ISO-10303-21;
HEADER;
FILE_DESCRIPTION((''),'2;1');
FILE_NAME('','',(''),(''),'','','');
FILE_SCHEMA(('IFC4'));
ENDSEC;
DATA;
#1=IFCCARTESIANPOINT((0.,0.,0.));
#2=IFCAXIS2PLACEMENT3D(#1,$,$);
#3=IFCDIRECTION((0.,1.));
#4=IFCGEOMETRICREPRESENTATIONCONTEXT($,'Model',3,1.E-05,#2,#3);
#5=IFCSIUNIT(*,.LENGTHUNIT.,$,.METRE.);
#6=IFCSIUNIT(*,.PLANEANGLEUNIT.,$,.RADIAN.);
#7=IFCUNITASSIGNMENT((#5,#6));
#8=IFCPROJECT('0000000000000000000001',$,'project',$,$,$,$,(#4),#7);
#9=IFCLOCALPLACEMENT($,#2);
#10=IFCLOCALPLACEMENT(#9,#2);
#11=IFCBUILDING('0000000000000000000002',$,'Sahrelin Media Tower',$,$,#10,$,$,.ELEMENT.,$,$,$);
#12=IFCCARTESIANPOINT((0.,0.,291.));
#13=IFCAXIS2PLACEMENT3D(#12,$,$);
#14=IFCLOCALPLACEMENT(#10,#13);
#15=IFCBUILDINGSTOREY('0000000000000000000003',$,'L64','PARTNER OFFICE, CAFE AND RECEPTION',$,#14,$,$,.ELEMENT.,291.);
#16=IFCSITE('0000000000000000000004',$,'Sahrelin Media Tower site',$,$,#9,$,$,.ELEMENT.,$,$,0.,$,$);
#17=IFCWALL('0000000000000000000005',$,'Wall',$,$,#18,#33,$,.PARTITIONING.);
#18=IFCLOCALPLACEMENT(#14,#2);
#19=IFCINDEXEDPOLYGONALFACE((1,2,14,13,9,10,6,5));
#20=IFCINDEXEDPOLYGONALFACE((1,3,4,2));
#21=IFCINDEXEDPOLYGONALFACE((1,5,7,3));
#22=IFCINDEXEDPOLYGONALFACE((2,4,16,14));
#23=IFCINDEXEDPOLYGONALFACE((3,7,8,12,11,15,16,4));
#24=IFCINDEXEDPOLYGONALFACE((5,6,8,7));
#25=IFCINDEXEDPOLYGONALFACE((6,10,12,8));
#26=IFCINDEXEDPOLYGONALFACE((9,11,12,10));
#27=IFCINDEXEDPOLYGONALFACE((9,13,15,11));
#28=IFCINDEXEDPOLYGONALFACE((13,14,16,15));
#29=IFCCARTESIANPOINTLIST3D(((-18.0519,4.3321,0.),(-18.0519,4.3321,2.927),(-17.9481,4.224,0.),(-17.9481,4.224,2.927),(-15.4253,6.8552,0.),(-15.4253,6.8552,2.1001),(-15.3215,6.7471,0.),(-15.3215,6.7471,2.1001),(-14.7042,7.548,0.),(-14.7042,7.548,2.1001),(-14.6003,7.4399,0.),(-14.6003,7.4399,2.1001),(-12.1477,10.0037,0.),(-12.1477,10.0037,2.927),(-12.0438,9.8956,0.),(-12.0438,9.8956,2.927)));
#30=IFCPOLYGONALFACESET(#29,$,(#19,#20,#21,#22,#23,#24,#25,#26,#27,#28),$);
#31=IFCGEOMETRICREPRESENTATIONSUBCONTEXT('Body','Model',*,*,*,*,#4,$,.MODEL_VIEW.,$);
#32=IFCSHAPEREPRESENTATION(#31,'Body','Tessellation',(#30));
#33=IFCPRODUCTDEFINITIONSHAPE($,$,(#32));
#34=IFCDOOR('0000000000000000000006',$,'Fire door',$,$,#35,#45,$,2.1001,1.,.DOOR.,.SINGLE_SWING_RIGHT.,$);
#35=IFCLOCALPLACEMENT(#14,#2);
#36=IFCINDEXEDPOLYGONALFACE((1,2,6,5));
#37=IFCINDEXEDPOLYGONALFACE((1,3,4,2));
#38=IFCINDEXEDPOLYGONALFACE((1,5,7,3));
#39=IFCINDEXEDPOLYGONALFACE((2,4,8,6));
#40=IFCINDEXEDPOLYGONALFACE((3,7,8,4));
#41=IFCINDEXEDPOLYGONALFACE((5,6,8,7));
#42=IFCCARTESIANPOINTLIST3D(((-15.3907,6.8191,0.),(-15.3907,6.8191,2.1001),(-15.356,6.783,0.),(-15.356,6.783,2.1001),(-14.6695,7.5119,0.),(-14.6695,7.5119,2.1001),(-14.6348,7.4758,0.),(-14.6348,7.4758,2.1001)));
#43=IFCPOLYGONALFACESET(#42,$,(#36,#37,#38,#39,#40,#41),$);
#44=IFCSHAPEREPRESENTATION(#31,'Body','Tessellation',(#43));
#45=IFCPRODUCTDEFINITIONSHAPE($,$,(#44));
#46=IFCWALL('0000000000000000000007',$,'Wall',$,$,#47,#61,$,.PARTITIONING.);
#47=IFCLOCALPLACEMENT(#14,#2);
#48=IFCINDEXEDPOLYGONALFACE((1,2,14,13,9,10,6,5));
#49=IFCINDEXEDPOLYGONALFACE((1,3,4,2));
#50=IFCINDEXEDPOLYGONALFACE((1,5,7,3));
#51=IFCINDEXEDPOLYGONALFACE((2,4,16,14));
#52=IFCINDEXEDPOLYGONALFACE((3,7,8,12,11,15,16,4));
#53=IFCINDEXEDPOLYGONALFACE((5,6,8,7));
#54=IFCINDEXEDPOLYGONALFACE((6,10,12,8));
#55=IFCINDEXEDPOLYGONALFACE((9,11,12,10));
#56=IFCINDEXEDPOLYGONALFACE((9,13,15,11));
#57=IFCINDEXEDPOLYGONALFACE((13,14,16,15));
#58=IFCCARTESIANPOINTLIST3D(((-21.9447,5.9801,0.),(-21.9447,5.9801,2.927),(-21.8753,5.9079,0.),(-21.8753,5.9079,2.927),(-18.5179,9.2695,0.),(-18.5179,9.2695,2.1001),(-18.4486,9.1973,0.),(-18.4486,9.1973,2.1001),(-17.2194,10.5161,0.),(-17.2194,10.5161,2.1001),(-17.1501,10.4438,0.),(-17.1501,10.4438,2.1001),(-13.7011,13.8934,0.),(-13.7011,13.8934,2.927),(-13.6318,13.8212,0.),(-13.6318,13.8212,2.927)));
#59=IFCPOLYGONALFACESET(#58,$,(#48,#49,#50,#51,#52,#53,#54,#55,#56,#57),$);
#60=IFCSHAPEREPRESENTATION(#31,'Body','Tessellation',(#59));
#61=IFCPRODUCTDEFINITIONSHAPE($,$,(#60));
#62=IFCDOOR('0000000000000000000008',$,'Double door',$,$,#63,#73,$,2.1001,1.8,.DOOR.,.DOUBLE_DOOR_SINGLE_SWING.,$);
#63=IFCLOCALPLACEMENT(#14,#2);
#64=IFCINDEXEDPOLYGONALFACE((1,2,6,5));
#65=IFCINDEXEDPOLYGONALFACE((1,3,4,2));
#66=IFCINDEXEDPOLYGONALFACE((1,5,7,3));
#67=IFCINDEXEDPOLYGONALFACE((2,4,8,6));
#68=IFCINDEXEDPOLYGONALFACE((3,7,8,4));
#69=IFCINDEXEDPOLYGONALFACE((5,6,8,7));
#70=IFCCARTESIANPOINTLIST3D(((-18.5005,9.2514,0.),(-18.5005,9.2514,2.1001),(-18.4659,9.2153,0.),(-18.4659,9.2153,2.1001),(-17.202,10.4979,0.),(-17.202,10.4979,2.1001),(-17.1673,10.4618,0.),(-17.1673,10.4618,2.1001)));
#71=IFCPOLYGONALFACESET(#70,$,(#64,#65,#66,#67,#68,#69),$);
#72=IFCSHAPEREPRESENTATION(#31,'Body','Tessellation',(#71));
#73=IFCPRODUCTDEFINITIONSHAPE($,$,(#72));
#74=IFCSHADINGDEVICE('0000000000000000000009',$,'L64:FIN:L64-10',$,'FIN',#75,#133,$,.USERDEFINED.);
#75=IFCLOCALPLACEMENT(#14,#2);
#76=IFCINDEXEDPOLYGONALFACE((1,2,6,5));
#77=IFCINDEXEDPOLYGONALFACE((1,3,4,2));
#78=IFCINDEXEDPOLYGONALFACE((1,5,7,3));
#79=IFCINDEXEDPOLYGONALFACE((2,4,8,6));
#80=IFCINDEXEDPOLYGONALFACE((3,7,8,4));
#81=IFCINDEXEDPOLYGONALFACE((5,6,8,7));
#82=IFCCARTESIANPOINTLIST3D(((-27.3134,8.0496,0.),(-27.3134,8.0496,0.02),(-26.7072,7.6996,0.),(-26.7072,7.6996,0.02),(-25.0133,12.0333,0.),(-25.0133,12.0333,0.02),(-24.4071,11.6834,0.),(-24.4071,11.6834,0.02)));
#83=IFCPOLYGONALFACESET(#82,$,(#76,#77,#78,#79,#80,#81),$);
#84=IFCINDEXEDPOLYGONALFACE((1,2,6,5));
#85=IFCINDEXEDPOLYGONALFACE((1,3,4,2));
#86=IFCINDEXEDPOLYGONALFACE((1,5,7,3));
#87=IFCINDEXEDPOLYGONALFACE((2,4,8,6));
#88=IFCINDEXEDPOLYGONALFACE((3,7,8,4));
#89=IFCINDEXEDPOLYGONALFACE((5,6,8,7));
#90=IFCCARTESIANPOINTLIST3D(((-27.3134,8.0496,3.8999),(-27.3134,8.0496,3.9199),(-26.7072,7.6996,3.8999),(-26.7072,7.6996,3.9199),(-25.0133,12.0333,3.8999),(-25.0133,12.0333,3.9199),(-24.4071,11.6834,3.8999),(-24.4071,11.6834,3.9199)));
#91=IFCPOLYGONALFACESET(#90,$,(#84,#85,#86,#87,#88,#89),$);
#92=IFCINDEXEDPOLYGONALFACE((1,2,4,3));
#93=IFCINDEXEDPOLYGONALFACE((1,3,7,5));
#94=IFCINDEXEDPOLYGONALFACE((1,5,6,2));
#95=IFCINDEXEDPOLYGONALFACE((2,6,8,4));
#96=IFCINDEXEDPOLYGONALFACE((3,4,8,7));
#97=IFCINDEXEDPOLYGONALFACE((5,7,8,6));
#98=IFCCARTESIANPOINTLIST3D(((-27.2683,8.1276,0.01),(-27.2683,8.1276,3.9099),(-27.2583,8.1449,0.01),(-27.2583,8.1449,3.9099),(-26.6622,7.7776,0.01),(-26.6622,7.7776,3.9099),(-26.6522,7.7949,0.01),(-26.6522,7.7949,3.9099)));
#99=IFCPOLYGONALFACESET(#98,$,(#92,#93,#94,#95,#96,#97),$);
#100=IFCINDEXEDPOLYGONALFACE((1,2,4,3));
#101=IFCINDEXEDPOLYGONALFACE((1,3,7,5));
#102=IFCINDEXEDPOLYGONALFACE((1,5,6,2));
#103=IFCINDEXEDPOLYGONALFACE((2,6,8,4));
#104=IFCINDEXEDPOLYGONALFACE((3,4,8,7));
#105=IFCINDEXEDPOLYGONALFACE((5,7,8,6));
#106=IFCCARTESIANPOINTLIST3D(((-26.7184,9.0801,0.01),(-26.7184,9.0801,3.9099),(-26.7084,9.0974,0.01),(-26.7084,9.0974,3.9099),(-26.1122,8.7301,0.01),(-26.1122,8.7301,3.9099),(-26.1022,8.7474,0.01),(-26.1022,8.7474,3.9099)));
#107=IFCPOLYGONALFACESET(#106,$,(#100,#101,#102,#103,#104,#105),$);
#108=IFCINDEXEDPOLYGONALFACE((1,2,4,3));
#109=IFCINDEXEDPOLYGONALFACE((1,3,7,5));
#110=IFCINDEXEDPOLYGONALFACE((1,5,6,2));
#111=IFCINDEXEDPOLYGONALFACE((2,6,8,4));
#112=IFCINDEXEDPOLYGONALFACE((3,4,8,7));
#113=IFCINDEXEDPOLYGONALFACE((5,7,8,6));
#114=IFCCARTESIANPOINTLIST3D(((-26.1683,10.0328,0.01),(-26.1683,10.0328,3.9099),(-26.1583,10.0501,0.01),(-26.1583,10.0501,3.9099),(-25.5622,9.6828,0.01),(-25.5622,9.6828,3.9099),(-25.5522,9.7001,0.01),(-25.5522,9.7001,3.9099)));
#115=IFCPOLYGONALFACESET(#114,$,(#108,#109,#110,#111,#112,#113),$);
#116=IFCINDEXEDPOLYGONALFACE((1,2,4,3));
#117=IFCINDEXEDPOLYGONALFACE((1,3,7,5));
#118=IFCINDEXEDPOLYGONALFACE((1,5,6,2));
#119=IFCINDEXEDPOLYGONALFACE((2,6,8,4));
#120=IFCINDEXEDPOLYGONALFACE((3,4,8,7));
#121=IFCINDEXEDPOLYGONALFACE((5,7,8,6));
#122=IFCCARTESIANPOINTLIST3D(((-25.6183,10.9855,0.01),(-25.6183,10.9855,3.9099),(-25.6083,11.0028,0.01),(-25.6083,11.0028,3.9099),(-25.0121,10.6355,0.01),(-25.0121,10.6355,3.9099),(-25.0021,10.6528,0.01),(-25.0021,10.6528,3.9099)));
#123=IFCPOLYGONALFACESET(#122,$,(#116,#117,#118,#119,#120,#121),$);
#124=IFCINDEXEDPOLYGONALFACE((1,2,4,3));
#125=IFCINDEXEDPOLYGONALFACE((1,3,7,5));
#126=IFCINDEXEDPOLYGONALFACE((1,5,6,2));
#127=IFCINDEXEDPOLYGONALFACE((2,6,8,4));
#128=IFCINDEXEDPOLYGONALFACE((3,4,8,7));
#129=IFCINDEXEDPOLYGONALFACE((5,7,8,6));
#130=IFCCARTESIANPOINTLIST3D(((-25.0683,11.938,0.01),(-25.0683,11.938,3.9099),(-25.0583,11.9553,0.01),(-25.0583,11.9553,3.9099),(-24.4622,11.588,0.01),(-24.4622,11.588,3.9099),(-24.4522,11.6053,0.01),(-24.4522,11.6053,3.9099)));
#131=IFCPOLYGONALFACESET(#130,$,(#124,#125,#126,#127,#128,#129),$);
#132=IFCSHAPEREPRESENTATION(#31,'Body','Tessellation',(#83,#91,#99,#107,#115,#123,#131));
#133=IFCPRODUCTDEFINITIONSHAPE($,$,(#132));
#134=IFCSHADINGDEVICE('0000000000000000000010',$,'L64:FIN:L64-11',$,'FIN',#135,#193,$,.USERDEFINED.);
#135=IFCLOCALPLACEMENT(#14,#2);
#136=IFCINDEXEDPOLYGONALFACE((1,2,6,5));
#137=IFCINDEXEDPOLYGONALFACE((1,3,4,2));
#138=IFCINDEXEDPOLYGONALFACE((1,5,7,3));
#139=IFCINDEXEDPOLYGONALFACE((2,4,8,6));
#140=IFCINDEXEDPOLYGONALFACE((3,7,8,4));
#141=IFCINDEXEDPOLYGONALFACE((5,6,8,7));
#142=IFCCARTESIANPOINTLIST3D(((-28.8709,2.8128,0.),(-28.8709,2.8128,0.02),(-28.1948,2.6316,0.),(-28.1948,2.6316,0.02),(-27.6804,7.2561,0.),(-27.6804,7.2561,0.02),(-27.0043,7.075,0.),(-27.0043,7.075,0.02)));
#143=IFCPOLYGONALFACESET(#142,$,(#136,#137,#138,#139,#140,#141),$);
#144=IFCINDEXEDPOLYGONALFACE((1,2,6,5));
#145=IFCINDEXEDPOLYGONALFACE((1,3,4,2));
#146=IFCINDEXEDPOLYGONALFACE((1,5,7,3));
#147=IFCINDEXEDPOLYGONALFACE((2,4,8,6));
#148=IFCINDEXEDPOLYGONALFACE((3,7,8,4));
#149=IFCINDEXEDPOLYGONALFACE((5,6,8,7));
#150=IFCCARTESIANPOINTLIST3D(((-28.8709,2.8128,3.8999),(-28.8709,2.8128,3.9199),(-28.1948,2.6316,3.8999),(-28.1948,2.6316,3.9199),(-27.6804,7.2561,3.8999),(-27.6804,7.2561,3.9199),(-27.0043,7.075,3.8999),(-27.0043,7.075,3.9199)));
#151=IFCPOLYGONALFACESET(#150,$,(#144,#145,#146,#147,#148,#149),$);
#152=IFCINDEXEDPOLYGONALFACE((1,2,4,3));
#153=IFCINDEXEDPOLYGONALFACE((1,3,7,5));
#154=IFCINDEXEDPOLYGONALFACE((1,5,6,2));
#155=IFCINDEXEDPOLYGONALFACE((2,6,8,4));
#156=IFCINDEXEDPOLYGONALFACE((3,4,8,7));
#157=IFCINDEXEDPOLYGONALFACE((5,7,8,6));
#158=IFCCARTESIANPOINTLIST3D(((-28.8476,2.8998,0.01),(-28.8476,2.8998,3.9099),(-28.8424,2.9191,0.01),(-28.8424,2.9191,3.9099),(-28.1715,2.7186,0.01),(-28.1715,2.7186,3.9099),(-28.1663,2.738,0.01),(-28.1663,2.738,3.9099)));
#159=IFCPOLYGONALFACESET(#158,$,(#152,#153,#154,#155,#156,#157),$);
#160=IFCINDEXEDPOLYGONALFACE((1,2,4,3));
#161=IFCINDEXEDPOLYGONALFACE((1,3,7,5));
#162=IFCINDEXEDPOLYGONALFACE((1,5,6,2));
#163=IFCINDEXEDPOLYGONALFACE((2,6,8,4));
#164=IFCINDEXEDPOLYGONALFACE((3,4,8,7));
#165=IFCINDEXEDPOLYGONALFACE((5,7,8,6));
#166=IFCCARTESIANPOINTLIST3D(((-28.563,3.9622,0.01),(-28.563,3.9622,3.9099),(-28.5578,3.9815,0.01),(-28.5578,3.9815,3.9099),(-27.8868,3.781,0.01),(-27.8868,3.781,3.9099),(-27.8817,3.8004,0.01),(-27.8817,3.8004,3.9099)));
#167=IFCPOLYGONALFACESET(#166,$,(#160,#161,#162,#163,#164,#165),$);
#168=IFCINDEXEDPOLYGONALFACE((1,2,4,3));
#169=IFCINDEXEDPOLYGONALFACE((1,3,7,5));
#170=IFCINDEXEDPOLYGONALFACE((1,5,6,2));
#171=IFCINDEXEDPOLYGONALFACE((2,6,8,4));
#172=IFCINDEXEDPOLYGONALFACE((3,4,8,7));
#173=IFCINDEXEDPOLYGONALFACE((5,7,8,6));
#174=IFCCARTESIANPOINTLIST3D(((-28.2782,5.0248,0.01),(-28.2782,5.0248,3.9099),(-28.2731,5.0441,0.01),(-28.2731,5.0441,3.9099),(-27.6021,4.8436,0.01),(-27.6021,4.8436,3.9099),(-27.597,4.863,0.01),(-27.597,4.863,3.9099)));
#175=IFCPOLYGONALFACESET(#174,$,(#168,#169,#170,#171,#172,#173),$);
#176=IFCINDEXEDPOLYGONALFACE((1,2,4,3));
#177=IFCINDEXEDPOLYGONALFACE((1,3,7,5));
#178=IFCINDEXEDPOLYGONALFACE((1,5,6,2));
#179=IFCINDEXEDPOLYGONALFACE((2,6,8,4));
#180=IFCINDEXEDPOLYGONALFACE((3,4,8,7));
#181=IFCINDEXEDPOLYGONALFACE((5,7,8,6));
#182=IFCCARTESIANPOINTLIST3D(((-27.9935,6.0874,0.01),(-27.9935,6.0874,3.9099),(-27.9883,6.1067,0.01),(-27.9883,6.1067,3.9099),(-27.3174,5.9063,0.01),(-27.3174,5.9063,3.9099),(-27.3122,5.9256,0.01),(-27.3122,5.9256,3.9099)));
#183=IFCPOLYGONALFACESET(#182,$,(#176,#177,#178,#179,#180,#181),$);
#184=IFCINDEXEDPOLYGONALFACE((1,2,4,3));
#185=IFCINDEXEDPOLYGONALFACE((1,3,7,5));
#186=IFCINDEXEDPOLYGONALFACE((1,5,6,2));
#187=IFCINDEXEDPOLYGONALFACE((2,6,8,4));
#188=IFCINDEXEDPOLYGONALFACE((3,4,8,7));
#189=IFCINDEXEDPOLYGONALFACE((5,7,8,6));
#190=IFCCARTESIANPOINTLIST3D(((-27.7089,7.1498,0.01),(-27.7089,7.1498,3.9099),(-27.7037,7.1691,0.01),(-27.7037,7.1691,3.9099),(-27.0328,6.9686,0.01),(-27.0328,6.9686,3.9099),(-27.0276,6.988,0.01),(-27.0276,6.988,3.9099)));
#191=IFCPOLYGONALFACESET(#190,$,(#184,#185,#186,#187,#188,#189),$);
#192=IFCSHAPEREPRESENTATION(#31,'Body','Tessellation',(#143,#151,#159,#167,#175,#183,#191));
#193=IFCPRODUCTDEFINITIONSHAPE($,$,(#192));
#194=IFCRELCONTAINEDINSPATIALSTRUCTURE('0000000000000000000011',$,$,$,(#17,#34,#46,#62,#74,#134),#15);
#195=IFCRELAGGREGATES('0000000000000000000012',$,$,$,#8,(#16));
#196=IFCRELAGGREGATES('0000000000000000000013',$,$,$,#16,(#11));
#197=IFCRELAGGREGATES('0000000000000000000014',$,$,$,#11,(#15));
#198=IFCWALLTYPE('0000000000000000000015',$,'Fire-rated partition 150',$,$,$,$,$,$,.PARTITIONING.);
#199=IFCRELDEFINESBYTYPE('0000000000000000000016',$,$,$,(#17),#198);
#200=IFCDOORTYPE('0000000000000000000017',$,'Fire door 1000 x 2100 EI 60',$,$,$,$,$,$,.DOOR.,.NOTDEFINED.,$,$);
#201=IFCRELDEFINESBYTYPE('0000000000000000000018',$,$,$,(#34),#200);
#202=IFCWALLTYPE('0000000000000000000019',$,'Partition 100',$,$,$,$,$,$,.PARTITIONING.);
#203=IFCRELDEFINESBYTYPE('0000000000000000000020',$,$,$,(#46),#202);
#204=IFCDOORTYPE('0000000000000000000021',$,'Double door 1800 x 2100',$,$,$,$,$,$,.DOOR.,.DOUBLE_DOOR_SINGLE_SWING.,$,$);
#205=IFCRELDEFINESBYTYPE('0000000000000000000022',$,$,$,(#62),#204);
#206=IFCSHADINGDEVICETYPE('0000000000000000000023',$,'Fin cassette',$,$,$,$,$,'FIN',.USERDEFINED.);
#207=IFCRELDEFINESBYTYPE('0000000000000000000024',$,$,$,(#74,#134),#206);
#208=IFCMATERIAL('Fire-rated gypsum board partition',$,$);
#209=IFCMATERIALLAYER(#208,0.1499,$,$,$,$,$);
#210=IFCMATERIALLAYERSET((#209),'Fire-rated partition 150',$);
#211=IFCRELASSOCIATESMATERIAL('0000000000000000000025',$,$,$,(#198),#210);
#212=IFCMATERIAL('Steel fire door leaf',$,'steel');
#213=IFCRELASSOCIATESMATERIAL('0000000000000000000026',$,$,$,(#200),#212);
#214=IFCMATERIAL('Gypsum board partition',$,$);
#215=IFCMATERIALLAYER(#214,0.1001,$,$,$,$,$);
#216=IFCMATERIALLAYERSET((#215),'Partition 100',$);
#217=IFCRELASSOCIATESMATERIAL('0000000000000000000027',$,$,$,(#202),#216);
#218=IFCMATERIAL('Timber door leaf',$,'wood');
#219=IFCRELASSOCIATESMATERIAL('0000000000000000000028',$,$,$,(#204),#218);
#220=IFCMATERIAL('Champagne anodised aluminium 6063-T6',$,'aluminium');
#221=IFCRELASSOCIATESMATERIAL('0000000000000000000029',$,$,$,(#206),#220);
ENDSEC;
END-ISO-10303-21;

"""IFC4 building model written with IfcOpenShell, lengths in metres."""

from ifc_helpers import new_model, si_unit, direction, frame, frame_2d, origin, origin_2d, place, context, subcontext, project, spatial, rectangle, extrude, material, layer, layer_set, type_object, element, fill, save


model = new_model("IFC4")

# Units and contexts
model_context = context("Model", 3, precision=1e-05, world=origin(), true_north=direction((0.0, 1.0)))
body_context = subcontext(model_context, "Body", "Model", "MODEL_VIEW")
ifc_project = project(units=[si_unit("LENGTHUNIT", "METRE"), si_unit("PLANEANGLEUNIT", "RADIAN")], contexts=[model_context])

# Site, building, storey
site_placement = place(None, origin())
site = spatial("IfcSite", under=ifc_project, at=site_placement, Name="Sahrelin Media Tower site", CompositionType="ELEMENT", RefElevation=0.0)
building_placement = place(site_placement, origin())
building = spatial("IfcBuilding", under=site, at=building_placement, Name="Sahrelin Media Tower", CompositionType="ELEMENT")
storey_placement = place(building_placement, frame((0.0, 0.0, 291.0)))
storey = spatial("IfcBuildingStorey", under=building, at=storey_placement, Name="L64", Description="PARTNER OFFICE, CAFE AND RECEPTION", CompositionType="ELEMENT", Elevation=291.0)

# Shared definitions
ifc_material_1 = material(Name="Champagne anodised aluminium 6063-T6", Category="aluminium")

# Shared definitions
ifc_material_2 = material(Name="Fire-rated gypsum board partition")
ifc_layer_1 = layer(ifc_material_2, 0.1499)
ifc_layer_set_1 = layer_set([ifc_layer_1], Name="Fire-rated partition 150")
wall_type_1 = type_object("IfcWallType", Name="Fire-rated partition 150", PredefinedType="PARTITIONING", material=ifc_layer_set_1)

# Walls, openings, doors
wall_1_placement = place(storey_placement, frame((-18.0, 4.2781, 0.0), z_axis=(0.0, 0.0, 1.0), x_axis=(0.721173, 0.692755, 0.0)))
wall_1 = element("IfcWall", 1, at=wall_1_placement, inside=storey, type_object=wall_type_1, Name="Wall", PredefinedType="PARTITIONING", context=body_context, shape_type="SweptSolid", body=[
    extrude(rectangle(XDim=8.187, YDim=0.1499, at=frame_2d((4.0935, 0.0))), origin(), (0.0, 0.0, 1.0), 2.927),
])
opening_1_placement = place(wall_1_placement, frame((3.6421, 0.0, 0.0)))
opening_1 = element("IfcOpeningElement", 2, at=opening_1_placement, cuts=wall_1, PredefinedType="OPENING", context=body_context, shape_type="SweptSolid", body=[
    extrude(rectangle(XDim=1.0, YDim=2.1001, at=frame_2d((0.5, 1.05))), frame((0.0, 0.075, 0.0), z_axis=(0.0, -1.0, 0.0), x_axis=(1.0, 0.0, 0.0)), (0.0, 0.0, 1.0), 0.1499),
])
ifc_material_3 = material(Name="Steel fire door leaf", Category="steel")
door_type_1 = type_object("IfcDoorType", Name="Fire door 1000 x 2100 EI 60", OperationType="NOTDEFINED", PredefinedType="DOOR", material=ifc_material_3)
door_1_placement = place(opening_1_placement, origin())
door_1 = element("IfcDoor", 3, at=door_1_placement, inside=storey, type_object=door_type_1, Name="Fire door", OperationType="SINGLE_SWING_RIGHT", OverallHeight=2.1001, OverallWidth=1.0, PredefinedType="DOOR", context=body_context, shape_type="SweptSolid", body=[
    extrude(rectangle(XDim=1.0, YDim=2.1001, at=frame_2d((0.5, 1.05))), frame((0.0, 0.0249, 0.0), z_axis=(0.0, -1.0, 0.0), x_axis=(1.0, 0.0, 0.0)), (0.0, 0.0, 1.0), 0.05),
])
fill(opening_1, door_1)
ifc_material_4 = material(Name="Gypsum board partition")
ifc_layer_2 = layer(ifc_material_4, 0.1001)
ifc_layer_set_2 = layer_set([ifc_layer_2], Name="Partition 100")
wall_type_2 = type_object("IfcWallType", Name="Partition 100", PredefinedType="PARTITIONING", material=ifc_layer_set_2)
wall_2_placement = place(storey_placement, frame((-21.9099, 5.9441, 0.0), z_axis=(0.0, 0.0, 1.0), x_axis=(0.721413, 0.692506, 0.0)))
wall_2 = element("IfcWall", 4, at=wall_2_placement, inside=storey, type_object=wall_type_2, Name="Wall", PredefinedType="PARTITIONING", context=body_context, shape_type="SweptSolid", body=[
    extrude(rectangle(XDim=11.427, YDim=0.1001, at=frame_2d((5.7134, 0.0))), origin(), (0.0, 0.0, 1.0), 2.927),
])
opening_2_placement = place(wall_2_placement, frame((4.75, 0.0, 0.0)))
opening_2 = element("IfcOpeningElement", 5, at=opening_2_placement, cuts=wall_2, PredefinedType="OPENING", context=body_context, shape_type="SweptSolid", body=[
    extrude(rectangle(XDim=1.8, YDim=2.1001, at=frame_2d((0.8999, 1.05))), frame((0.0, 0.05, 0.0), z_axis=(0.0, -1.0, 0.0), x_axis=(1.0, 0.0, 0.0)), (0.0, 0.0, 1.0), 0.1001),
])
ifc_material_5 = material(Name="Timber door leaf", Category="wood")
door_type_2 = type_object("IfcDoorType", Name="Double door 1800 x 2100", OperationType="DOUBLE_DOOR_SINGLE_SWING", PredefinedType="DOOR", material=ifc_material_5)
door_2_placement = place(opening_2_placement, origin())
door_2 = element("IfcDoor", 6, at=door_2_placement, inside=storey, type_object=door_type_2, Name="Double door", OperationType="DOUBLE_DOOR_SINGLE_SWING", OverallHeight=2.1001, OverallWidth=1.8, PredefinedType="DOOR", context=body_context, shape_type="SweptSolid", body=[
    extrude(rectangle(XDim=1.8, YDim=2.1001, at=frame_2d((0.8999, 1.05))), frame((0.0, 0.0249, 0.0), z_axis=(0.0, -1.0, 0.0), x_axis=(1.0, 0.0, 0.0)), (0.0, 0.0, 1.0), 0.05),
])
fill(opening_2, door_2)

# Shading devices
shading_device_type_1 = type_object("IfcShadingDeviceType", Name="Fin cassette", ElementType="FIN", PredefinedType="USERDEFINED", material=ifc_material_1)
placement_1 = place(storey_placement, frame((-25.4966, 9.6565, 0.0), z_axis=(0.0, 0.0, 1.0), x_axis=(0.500011, 0.866019, 0.0)))
element("IfcShadingDevice", 7, at=placement_1, inside=storey, type_object=shading_device_type_1, Name="L64:FIN:L64-10", ObjectType="FIN", PredefinedType="USERDEFINED", context=body_context, shape_type="SweptSolid", body=[
    extrude(rectangle(XDim=4.6001, YDim=0.7, at=origin_2d()), frame((0.0, 0.4199, 0.0)), (0.0, 0.0, 1.0), 0.02),
    extrude(rectangle(XDim=4.6001, YDim=0.7, at=origin_2d()), frame((0.0, 0.4199, 3.8999)), (0.0, 0.0, 1.0), 0.02),
    extrude(rectangle(XDim=0.02, YDim=0.7, at=origin_2d()), frame((-2.2, 0.4199, 0.01), z_axis=(0.0, 0.0, 1.0), x_axis=(1.0, 0.0, 0.0)), (0.0, 0.0, 1.0), 3.8999),
    extrude(rectangle(XDim=0.02, YDim=0.7, at=origin_2d()), frame((-1.1001, 0.4199, 0.01), z_axis=(0.0, 0.0, 1.0), x_axis=(1.0, 0.0, 0.0)), (0.0, 0.0, 1.0), 3.8999),
    extrude(rectangle(XDim=0.02, YDim=0.7, at=origin_2d()), frame((0.0, 0.4199, 0.01), z_axis=(0.0, 0.0, 1.0), x_axis=(1.0, 0.0, 0.0)), (0.0, 0.0, 1.0), 3.8999),
    extrude(rectangle(XDim=0.02, YDim=0.7, at=origin_2d()), frame((1.1001, 0.4199, 0.01), z_axis=(0.0, 0.0, 1.0), x_axis=(1.0, 0.0, 0.0)), (0.0, 0.0, 1.0), 3.8999),
    extrude(rectangle(XDim=0.02, YDim=0.7, at=origin_2d()), frame((2.2, 0.4199, 0.01), z_axis=(0.0, 0.0, 1.0), x_axis=(1.0, 0.0, 0.0)), (0.0, 0.0, 1.0), 3.8999),
])
placement_2 = place(storey_placement, frame((-27.532, 4.8352, 0.0), z_axis=(0.0, 0.0, 1.0), x_axis=(0.258808, 0.965929, 0.0)))
element("IfcShadingDevice", 8, at=placement_2, inside=storey, type_object=shading_device_type_1, Name="L64:FIN:L64-11", ObjectType="FIN", PredefinedType="USERDEFINED", context=body_context, shape_type="SweptSolid", body=[
    extrude(rectangle(XDim=4.6001, YDim=0.7, at=origin_2d()), frame((0.0, 0.4199, 0.0)), (0.0, 0.0, 1.0), 0.02),
    extrude(rectangle(XDim=4.6001, YDim=0.7, at=origin_2d()), frame((0.0, 0.4199, 3.8999)), (0.0, 0.0, 1.0), 0.02),
    extrude(rectangle(XDim=0.02, YDim=0.7, at=origin_2d()), frame((-2.2, 0.4199, 0.01), z_axis=(0.0, 0.0, 1.0), x_axis=(1.0, 0.0, 0.0)), (0.0, 0.0, 1.0), 3.8999),
    extrude(rectangle(XDim=0.02, YDim=0.7, at=origin_2d()), frame((-1.1001, 0.4199, 0.01), z_axis=(0.0, 0.0, 1.0), x_axis=(1.0, 0.0, 0.0)), (0.0, 0.0, 1.0), 3.8999),
    extrude(rectangle(XDim=0.02, YDim=0.7, at=origin_2d()), frame((0.0, 0.4199, 0.01), z_axis=(0.0, 0.0, 1.0), x_axis=(1.0, 0.0, 0.0)), (0.0, 0.0, 1.0), 3.8999),
    extrude(rectangle(XDim=0.02, YDim=0.7, at=origin_2d()), frame((1.1001, 0.4199, 0.01), z_axis=(0.0, 0.0, 1.0), x_axis=(1.0, 0.0, 0.0)), (0.0, 0.0, 1.0), 3.8999),
    extrude(rectangle(XDim=0.02, YDim=0.7, at=origin_2d()), frame((2.2, 0.4199, 0.01), z_axis=(0.0, 0.0, 1.0), x_axis=(1.0, 0.0, 0.0)), (0.0, 0.0, 1.0), 3.8999),
])

save(model, "model.ifc")
